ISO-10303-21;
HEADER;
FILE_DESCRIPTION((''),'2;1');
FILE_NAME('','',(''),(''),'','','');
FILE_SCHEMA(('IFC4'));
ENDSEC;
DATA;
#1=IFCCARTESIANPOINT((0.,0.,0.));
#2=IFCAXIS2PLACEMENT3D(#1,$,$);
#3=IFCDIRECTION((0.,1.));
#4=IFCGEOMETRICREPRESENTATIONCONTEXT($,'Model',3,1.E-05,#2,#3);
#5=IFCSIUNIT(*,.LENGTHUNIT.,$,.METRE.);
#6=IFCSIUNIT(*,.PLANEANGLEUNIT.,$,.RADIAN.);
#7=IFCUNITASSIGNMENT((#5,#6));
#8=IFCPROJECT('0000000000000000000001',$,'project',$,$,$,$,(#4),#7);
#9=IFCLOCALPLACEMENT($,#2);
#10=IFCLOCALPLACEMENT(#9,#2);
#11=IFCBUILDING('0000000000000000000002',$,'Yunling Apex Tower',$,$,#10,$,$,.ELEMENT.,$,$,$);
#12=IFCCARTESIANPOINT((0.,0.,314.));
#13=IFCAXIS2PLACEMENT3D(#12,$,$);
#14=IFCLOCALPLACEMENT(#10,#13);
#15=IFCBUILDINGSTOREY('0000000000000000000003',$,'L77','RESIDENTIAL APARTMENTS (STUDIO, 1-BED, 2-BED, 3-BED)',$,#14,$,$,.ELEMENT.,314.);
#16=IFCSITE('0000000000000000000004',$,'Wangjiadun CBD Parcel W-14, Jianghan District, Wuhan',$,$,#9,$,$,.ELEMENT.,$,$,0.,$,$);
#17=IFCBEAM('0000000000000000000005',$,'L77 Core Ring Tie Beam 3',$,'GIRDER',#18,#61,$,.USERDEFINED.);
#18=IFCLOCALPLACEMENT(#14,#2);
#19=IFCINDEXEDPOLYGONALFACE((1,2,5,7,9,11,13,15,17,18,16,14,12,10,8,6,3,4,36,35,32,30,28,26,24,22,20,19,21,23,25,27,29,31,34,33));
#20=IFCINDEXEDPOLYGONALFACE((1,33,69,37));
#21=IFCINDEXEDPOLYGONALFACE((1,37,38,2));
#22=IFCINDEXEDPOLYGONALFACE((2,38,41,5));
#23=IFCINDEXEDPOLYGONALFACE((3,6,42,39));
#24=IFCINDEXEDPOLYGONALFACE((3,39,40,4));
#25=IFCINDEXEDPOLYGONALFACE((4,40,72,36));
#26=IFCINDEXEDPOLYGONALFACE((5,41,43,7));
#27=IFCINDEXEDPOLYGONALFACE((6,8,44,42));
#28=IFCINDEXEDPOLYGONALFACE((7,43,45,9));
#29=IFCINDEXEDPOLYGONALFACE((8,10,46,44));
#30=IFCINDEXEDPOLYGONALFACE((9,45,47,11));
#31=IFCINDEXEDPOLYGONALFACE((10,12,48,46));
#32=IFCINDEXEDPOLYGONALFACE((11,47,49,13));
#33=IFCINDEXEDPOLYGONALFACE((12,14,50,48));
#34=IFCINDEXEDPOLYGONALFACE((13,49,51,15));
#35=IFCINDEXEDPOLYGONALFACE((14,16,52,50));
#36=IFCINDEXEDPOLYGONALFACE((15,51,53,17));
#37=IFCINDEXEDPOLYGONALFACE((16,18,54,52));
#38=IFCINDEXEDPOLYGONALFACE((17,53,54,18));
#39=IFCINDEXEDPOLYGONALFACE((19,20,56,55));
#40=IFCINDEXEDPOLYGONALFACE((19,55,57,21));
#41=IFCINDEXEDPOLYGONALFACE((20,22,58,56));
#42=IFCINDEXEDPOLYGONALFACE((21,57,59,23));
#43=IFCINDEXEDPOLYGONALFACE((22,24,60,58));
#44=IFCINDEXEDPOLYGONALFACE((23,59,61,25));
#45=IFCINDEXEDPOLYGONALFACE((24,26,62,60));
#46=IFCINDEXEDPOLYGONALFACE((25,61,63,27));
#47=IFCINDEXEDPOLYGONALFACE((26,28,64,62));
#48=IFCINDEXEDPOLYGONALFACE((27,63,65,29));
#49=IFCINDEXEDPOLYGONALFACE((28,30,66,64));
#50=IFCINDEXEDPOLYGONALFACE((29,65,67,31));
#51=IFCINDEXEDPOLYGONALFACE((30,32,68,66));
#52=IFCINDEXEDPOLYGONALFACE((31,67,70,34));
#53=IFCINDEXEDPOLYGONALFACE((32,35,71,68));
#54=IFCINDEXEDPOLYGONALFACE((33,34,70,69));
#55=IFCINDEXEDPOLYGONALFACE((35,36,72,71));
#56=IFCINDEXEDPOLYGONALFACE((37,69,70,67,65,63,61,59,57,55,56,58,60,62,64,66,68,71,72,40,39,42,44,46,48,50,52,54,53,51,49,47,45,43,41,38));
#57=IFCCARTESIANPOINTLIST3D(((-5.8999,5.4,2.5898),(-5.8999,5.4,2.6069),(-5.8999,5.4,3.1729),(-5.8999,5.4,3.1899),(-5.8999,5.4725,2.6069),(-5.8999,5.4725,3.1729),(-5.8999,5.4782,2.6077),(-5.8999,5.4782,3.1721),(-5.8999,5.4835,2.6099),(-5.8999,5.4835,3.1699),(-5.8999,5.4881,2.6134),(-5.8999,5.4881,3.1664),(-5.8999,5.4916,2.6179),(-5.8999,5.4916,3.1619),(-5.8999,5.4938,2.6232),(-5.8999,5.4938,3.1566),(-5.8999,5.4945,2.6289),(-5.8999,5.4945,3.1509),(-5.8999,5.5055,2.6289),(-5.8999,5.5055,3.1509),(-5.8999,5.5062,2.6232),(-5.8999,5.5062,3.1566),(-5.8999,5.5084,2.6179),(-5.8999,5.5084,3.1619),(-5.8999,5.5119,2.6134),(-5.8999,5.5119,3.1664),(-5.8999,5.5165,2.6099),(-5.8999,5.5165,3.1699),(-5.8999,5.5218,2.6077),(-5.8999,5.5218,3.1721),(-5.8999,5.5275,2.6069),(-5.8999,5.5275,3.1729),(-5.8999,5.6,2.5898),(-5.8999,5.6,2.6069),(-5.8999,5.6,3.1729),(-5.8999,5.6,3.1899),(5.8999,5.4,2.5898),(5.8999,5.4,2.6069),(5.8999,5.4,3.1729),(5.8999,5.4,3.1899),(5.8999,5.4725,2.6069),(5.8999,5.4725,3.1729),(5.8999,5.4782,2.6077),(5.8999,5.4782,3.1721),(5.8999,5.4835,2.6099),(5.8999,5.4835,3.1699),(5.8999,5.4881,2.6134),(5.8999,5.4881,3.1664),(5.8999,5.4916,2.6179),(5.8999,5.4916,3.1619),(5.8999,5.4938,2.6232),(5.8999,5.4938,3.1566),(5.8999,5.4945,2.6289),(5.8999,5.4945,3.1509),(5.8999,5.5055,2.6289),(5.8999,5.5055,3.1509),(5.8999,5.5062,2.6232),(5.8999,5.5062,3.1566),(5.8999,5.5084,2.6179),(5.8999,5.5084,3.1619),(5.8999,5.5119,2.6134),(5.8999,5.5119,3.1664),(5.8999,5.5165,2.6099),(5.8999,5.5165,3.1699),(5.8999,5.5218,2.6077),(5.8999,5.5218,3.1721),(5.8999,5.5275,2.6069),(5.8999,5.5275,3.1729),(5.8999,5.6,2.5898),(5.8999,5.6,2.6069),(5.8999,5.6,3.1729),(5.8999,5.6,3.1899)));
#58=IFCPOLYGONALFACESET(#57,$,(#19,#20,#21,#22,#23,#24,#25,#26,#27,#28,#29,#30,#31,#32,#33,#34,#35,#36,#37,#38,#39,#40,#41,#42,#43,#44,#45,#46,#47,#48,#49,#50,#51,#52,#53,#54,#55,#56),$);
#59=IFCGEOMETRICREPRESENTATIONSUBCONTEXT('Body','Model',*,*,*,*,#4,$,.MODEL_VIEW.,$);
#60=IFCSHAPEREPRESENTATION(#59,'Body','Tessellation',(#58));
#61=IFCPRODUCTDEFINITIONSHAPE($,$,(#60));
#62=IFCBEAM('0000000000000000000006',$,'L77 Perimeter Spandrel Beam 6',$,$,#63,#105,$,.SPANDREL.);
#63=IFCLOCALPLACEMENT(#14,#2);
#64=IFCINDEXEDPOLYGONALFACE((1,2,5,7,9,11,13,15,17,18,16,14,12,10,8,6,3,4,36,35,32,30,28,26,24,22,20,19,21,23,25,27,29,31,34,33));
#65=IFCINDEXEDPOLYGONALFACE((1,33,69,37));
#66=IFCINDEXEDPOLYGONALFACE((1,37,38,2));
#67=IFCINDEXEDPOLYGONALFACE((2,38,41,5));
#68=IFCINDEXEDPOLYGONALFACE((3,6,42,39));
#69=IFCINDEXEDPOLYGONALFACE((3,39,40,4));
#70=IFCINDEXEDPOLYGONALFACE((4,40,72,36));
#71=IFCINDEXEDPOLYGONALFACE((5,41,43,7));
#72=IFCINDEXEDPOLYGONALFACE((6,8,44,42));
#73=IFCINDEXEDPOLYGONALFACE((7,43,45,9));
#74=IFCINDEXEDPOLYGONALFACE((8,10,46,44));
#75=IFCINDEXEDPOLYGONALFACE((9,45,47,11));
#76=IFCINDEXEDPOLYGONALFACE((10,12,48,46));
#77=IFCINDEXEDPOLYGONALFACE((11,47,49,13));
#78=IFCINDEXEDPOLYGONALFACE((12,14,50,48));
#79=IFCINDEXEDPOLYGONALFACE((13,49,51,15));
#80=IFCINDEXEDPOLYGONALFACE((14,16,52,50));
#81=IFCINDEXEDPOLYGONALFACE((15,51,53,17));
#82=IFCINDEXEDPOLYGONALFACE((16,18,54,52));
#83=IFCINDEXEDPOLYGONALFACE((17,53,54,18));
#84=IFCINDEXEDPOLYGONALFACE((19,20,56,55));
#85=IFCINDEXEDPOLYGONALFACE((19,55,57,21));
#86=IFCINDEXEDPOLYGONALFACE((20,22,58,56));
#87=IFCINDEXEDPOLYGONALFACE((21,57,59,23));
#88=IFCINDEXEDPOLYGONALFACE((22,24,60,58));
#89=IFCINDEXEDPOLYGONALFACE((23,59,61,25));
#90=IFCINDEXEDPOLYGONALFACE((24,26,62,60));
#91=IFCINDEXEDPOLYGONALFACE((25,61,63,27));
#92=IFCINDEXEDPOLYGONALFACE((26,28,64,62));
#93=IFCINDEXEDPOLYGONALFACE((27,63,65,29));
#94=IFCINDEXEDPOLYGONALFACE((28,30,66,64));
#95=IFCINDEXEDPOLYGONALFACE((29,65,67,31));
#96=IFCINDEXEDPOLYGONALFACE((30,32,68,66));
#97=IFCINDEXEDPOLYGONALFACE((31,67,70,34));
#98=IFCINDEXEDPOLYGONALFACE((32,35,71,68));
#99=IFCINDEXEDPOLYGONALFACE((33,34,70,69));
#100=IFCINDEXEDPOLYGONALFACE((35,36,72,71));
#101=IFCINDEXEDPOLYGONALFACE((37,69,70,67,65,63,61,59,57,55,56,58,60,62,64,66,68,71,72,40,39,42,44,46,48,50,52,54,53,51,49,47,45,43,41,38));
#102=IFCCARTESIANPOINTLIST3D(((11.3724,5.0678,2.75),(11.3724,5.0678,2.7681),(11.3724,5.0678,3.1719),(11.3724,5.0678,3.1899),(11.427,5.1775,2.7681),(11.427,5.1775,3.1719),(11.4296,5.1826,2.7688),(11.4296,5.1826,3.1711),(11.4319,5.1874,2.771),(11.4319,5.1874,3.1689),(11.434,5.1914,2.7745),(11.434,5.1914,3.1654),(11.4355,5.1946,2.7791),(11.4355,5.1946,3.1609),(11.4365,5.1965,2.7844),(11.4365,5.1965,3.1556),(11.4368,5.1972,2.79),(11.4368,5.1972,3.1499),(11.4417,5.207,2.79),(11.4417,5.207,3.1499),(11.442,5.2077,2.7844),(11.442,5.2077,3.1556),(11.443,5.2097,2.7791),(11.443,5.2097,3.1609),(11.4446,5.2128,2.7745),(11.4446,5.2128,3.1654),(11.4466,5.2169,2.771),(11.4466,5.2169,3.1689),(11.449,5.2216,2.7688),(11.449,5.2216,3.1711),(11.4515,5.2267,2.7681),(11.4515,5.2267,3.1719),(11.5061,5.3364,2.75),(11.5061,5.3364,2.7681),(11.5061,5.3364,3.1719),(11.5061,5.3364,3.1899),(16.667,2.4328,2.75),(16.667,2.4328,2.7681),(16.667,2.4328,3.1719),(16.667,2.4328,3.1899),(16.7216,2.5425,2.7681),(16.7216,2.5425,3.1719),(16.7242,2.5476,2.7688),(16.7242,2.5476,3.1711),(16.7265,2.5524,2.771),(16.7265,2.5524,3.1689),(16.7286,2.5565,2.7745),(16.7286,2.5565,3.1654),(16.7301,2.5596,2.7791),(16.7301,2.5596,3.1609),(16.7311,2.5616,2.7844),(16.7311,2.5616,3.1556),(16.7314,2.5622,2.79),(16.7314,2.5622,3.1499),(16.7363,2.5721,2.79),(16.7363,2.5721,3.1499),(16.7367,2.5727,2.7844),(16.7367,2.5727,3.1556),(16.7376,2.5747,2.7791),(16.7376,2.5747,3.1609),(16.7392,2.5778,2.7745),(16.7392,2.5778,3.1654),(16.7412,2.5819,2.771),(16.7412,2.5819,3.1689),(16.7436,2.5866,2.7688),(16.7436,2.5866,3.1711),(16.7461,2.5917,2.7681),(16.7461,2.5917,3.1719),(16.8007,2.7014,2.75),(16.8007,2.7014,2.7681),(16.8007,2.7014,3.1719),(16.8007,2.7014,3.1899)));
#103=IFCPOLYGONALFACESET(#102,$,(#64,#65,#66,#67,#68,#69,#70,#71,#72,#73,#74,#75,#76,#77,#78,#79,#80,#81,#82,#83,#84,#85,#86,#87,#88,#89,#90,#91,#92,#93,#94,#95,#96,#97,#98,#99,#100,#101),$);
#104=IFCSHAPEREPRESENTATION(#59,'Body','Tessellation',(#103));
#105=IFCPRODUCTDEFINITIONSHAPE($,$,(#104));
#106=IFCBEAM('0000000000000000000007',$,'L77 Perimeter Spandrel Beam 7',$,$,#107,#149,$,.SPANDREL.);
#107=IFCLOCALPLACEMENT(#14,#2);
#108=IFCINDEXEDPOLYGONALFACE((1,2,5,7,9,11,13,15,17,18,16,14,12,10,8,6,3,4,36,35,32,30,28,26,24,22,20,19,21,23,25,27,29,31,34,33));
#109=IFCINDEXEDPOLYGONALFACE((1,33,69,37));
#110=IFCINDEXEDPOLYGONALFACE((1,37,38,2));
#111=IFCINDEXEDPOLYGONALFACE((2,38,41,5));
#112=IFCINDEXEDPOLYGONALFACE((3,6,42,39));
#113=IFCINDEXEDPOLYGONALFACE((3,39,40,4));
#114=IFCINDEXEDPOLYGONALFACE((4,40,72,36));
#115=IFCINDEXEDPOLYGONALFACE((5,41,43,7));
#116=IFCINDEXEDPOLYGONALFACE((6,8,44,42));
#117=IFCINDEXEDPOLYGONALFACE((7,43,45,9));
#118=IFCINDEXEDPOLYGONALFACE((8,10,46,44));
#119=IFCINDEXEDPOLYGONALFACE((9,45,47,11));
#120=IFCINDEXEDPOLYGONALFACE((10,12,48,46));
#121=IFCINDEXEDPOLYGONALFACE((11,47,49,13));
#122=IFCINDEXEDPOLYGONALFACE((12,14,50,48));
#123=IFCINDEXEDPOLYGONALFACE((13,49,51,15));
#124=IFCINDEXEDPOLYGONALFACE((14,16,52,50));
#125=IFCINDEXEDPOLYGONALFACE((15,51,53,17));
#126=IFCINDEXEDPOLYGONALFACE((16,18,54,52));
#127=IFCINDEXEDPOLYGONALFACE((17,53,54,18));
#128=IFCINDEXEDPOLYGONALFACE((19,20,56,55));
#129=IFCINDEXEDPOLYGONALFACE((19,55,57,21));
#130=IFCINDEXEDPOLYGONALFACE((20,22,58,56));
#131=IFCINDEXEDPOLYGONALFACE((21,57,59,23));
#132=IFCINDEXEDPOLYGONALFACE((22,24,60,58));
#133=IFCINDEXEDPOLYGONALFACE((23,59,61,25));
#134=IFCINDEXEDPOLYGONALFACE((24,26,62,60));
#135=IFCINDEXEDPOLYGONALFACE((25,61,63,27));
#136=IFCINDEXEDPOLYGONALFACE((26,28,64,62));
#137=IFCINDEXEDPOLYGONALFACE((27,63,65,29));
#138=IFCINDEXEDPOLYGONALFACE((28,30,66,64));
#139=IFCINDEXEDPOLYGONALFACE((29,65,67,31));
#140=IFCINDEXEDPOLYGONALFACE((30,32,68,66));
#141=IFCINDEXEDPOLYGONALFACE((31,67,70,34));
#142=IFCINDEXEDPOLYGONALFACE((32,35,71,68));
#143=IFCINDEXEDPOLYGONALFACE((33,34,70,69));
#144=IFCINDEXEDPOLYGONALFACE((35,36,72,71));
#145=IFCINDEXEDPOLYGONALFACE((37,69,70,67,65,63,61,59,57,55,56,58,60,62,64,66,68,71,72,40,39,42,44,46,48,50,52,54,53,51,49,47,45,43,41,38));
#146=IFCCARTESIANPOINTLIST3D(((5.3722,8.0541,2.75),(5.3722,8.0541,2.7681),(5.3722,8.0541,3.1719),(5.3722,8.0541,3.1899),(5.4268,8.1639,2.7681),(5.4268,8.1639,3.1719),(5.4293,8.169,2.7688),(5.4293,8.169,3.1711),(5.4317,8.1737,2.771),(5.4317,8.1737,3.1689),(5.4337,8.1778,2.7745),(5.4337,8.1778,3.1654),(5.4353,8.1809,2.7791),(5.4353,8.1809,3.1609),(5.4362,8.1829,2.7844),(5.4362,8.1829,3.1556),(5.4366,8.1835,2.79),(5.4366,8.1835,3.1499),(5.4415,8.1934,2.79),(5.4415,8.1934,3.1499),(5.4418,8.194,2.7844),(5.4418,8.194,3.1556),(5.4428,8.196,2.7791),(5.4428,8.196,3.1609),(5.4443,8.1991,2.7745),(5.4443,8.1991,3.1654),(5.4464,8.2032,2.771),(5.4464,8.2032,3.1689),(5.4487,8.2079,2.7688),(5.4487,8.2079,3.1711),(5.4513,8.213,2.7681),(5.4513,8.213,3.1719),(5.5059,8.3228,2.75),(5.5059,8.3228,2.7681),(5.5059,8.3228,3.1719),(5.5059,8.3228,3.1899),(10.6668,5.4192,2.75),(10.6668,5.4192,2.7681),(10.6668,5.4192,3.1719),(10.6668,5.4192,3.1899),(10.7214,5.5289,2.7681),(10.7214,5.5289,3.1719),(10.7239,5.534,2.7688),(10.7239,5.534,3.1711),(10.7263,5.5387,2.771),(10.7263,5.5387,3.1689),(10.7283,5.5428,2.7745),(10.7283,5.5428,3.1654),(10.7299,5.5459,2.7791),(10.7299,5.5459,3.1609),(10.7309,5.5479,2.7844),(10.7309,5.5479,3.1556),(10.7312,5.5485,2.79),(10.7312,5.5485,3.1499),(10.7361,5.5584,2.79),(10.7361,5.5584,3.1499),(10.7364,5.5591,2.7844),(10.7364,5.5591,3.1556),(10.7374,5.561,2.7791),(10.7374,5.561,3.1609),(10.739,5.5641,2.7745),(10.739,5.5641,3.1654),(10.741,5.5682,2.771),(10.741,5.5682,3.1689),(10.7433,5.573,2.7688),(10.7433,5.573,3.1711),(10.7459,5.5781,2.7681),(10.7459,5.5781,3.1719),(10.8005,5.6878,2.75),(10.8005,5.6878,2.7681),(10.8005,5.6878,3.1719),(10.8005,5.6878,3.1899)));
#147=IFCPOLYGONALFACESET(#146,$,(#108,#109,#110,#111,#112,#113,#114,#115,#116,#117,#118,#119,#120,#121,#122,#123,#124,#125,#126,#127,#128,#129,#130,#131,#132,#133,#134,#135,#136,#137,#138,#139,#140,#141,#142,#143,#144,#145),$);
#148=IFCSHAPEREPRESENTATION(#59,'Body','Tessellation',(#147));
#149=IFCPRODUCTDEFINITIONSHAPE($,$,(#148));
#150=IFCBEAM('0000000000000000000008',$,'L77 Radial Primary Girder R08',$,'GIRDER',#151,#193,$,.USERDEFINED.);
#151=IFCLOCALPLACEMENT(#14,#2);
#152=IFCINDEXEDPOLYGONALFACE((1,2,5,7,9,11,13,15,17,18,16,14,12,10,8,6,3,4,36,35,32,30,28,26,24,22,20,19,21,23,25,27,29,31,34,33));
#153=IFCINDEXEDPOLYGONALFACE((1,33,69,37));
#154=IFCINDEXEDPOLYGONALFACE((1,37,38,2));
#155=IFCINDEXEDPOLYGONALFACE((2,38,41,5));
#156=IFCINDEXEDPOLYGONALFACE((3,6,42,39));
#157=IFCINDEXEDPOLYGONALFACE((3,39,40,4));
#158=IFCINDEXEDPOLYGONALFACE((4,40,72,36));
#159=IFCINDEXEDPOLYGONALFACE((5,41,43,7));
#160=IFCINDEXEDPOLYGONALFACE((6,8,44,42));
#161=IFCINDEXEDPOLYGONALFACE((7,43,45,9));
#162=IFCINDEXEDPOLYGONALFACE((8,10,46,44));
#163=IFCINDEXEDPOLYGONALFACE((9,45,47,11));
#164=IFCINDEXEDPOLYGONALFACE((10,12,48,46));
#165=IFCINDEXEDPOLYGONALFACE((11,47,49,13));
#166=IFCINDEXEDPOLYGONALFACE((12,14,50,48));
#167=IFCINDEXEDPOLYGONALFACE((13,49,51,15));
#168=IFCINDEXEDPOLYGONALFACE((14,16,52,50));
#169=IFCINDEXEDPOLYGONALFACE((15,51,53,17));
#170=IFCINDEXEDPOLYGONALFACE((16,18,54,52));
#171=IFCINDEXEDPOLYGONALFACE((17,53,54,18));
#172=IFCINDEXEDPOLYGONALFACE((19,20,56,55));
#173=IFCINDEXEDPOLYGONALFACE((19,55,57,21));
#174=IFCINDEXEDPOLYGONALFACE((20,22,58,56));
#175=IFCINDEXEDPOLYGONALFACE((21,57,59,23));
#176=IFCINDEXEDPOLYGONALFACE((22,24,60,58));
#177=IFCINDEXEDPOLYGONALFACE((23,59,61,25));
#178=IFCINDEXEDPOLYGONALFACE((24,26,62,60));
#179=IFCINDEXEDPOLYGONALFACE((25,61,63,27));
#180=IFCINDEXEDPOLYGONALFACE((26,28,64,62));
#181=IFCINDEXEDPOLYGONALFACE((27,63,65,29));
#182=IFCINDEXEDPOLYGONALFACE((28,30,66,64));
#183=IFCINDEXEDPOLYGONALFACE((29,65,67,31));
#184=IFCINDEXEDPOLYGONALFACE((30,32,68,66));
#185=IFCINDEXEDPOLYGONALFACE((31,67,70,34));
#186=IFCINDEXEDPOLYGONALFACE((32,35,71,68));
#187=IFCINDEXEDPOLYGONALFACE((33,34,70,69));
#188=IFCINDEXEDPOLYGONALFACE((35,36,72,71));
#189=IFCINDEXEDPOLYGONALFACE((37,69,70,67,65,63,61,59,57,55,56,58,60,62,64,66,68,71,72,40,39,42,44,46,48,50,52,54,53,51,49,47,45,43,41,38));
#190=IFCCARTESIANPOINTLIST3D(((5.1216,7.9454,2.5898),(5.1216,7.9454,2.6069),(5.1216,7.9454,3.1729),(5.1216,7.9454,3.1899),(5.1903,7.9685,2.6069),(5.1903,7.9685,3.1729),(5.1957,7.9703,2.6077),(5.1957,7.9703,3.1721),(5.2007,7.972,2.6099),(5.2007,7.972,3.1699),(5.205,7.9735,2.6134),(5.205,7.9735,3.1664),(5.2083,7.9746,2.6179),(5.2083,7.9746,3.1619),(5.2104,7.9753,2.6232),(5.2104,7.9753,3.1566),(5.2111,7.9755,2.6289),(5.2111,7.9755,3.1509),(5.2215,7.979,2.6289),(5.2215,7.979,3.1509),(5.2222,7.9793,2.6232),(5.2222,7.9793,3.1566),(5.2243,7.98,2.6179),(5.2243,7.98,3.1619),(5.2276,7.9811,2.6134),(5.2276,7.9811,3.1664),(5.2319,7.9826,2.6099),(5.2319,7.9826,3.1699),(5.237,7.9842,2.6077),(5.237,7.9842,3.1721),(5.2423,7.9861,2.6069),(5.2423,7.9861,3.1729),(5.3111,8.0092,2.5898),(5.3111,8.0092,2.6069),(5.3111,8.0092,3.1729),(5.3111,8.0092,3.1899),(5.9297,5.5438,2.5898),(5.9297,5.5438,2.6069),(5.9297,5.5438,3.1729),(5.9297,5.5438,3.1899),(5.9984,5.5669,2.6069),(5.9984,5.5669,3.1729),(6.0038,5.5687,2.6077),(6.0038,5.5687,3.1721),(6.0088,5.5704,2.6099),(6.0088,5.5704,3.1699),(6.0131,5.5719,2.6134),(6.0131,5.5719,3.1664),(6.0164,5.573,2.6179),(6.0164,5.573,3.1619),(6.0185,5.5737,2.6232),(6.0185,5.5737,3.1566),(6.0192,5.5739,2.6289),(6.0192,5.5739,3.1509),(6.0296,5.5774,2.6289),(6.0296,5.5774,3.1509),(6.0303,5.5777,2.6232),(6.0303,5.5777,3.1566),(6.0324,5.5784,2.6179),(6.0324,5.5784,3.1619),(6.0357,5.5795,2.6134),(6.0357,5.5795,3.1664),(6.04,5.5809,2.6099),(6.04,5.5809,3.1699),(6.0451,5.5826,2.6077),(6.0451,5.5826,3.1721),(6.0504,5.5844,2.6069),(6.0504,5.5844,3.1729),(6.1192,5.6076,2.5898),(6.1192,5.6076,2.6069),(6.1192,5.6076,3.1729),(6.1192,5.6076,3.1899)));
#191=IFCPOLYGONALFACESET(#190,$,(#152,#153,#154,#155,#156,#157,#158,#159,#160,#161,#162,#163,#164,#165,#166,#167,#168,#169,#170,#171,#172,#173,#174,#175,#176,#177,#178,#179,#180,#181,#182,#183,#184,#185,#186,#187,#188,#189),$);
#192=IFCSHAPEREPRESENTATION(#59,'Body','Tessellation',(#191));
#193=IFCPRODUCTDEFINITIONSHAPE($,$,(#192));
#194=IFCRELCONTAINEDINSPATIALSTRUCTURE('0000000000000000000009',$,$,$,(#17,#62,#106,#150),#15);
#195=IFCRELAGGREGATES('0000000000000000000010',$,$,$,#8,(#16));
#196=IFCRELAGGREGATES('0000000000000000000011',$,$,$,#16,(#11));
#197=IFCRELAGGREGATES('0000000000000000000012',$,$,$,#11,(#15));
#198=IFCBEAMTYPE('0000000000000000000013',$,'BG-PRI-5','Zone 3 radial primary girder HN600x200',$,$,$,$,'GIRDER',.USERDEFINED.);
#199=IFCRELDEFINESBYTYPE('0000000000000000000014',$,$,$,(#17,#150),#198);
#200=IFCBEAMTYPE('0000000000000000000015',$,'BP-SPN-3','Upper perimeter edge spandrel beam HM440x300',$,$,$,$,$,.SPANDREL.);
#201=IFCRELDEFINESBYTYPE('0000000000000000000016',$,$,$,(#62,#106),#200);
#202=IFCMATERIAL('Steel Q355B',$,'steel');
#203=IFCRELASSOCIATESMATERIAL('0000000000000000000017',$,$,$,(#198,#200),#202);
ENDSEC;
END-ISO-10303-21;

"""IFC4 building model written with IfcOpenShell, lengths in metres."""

from ifc_helpers import new_model, si_unit, direction, frame, origin, origin_2d, place, context, subcontext, project, spatial, i_section, extrude, source, transform, mapped, material, material_profile, profile_set, type_object, element, save


model = new_model("IFC4")

# Units and contexts
model_context = context("Model", 3, precision=1e-05, world=origin(), true_north=direction((0.0, 1.0)))
body_context = subcontext(model_context, "Body", "Model", "MODEL_VIEW")
ifc_project = project(units=[si_unit("LENGTHUNIT", "METRE"), si_unit("PLANEANGLEUNIT", "RADIAN")], contexts=[model_context])

# Site, building, storey
site_placement = place(None, origin())
site = spatial("IfcSite", under=ifc_project, at=site_placement, Name="Wangjiadun CBD Parcel W-14, Jianghan District, Wuhan", CompositionType="ELEMENT", RefElevation=0.0)
building_placement = place(site_placement, origin())
building = spatial("IfcBuilding", under=site, at=building_placement, Name="Yunling Apex Tower", CompositionType="ELEMENT")
storey_placement = place(building_placement, frame((0.0, 0.0, 314.0)))
storey = spatial("IfcBuildingStorey", under=building, at=storey_placement, Name="L77", Description="RESIDENTIAL APARTMENTS (STUDIO, 1-BED, 2-BED, 3-BED)", CompositionType="ELEMENT", Elevation=314.0)

# Shared definitions
ifc_material_1 = material(Name="Steel Q355B", Category="steel")

# Beams
ifc_material_profile_1 = material_profile(ifc_material_1, i_section(OverallWidth=0.2, OverallDepth=0.6001, WebThickness=0.011, FlangeThickness=0.0171, FilletRadius=0.022, at=origin_2d()))
ifc_profile_set_1 = profile_set([ifc_material_profile_1], Name="Steel Q355B")
beam_type_1 = type_object("IfcBeamType", Name="BG-PRI-5", Description="Zone 3 radial primary girder HN600x200", ElementType="GIRDER", PredefinedType="USERDEFINED", material=ifc_profile_set_1)
shared_shape_1 = source(origin(), body_context, "Body", "SweptSolid", [
    extrude(i_section(OverallWidth=0.2, OverallDepth=0.6001, WebThickness=0.011, FlangeThickness=0.0171, FilletRadius=0.022, at=origin_2d()), origin(), (0.0, 0.0, 1.0), 11.7998),
])
beam_1_placement = place(storey_placement, frame((5.8999, 5.5, 2.8899), z_axis=(-1.0, 0.0, 0.0), x_axis=(0.0, -1.0, 0.0)))
element("IfcBeam", 1, at=beam_1_placement, inside=storey, type_object=beam_type_1, Name="L77 Core Ring Tie Beam 3", ObjectType="GIRDER", PredefinedType="USERDEFINED", context=body_context, shape_type="MappedRepresentation", body=[
    mapped(shared_shape_1, transform((0.0, 0.0, 0.0), scale=1.0)),
])
ifc_material_profile_2 = material_profile(ifc_material_1, i_section(OverallWidth=0.3, OverallDepth=0.4399, WebThickness=0.011, FlangeThickness=0.0181, FilletRadius=0.022, at=origin_2d()))
ifc_profile_set_2 = profile_set([ifc_material_profile_2], Name="Steel Q355B")
beam_type_2 = type_object("IfcBeamType", Name="BP-SPN-3", Description="Upper perimeter edge spandrel beam HM440x300", PredefinedType="SPANDREL", material=ifc_profile_set_2)
shared_shape_2 = source(origin(), body_context, "Body", "SweptSolid", [
    extrude(i_section(OverallWidth=0.3, OverallDepth=0.4399, WebThickness=0.011, FlangeThickness=0.0181, FilletRadius=0.022, at=origin_2d()), origin(), (0.0, 0.0, 1.0), 5.9141),
])
for number, where, z_axis, x_axis, name in (
    (2, (16.7339, 2.5671, 2.97), (-0.89526, 0.445545, 0.0), (-0.445545, -0.89526, 0.0), "L77 Perimeter Spandrel Beam 6"),
    (3, (10.7336, 5.5535, 2.97), (-0.89526, 0.445545, 0.0), (-0.445545, -0.89526, 0.0), "L77 Perimeter Spandrel Beam 7"),
):
    element("IfcBeam", number, at=place(storey_placement, frame(where, z_axis=z_axis, x_axis=x_axis)), inside=storey, type_object=beam_type_2, Name=name, PredefinedType="SPANDREL", context=body_context, shape_type="MappedRepresentation", body=[
        mapped(shared_shape_2, transform((0.0, 0.0, 0.0), scale=1.0)),
    ])
shared_shape_3 = source(origin(), body_context, "Body", "SweptSolid", [
    extrude(i_section(OverallWidth=0.2, OverallDepth=0.6001, WebThickness=0.011, FlangeThickness=0.0171, FilletRadius=0.022, at=origin_2d()), origin(), (0.0, 0.0, 1.0), 2.5339),
])
beam_2_placement = place(storey_placement, frame((5.2163, 7.9773, 2.8899), z_axis=(0.318915, -0.947783, 0.0), x_axis=(0.947783, 0.318915, 0.0)))
element("IfcBeam", 4, at=beam_2_placement, inside=storey, type_object=beam_type_1, Name="L77 Radial Primary Girder R08", ObjectType="GIRDER", PredefinedType="USERDEFINED", context=body_context, shape_type="MappedRepresentation", body=[
    mapped(shared_shape_3, transform((0.0, 0.0, 0.0), scale=1.0)),
])

save(model, "model.ifc")
